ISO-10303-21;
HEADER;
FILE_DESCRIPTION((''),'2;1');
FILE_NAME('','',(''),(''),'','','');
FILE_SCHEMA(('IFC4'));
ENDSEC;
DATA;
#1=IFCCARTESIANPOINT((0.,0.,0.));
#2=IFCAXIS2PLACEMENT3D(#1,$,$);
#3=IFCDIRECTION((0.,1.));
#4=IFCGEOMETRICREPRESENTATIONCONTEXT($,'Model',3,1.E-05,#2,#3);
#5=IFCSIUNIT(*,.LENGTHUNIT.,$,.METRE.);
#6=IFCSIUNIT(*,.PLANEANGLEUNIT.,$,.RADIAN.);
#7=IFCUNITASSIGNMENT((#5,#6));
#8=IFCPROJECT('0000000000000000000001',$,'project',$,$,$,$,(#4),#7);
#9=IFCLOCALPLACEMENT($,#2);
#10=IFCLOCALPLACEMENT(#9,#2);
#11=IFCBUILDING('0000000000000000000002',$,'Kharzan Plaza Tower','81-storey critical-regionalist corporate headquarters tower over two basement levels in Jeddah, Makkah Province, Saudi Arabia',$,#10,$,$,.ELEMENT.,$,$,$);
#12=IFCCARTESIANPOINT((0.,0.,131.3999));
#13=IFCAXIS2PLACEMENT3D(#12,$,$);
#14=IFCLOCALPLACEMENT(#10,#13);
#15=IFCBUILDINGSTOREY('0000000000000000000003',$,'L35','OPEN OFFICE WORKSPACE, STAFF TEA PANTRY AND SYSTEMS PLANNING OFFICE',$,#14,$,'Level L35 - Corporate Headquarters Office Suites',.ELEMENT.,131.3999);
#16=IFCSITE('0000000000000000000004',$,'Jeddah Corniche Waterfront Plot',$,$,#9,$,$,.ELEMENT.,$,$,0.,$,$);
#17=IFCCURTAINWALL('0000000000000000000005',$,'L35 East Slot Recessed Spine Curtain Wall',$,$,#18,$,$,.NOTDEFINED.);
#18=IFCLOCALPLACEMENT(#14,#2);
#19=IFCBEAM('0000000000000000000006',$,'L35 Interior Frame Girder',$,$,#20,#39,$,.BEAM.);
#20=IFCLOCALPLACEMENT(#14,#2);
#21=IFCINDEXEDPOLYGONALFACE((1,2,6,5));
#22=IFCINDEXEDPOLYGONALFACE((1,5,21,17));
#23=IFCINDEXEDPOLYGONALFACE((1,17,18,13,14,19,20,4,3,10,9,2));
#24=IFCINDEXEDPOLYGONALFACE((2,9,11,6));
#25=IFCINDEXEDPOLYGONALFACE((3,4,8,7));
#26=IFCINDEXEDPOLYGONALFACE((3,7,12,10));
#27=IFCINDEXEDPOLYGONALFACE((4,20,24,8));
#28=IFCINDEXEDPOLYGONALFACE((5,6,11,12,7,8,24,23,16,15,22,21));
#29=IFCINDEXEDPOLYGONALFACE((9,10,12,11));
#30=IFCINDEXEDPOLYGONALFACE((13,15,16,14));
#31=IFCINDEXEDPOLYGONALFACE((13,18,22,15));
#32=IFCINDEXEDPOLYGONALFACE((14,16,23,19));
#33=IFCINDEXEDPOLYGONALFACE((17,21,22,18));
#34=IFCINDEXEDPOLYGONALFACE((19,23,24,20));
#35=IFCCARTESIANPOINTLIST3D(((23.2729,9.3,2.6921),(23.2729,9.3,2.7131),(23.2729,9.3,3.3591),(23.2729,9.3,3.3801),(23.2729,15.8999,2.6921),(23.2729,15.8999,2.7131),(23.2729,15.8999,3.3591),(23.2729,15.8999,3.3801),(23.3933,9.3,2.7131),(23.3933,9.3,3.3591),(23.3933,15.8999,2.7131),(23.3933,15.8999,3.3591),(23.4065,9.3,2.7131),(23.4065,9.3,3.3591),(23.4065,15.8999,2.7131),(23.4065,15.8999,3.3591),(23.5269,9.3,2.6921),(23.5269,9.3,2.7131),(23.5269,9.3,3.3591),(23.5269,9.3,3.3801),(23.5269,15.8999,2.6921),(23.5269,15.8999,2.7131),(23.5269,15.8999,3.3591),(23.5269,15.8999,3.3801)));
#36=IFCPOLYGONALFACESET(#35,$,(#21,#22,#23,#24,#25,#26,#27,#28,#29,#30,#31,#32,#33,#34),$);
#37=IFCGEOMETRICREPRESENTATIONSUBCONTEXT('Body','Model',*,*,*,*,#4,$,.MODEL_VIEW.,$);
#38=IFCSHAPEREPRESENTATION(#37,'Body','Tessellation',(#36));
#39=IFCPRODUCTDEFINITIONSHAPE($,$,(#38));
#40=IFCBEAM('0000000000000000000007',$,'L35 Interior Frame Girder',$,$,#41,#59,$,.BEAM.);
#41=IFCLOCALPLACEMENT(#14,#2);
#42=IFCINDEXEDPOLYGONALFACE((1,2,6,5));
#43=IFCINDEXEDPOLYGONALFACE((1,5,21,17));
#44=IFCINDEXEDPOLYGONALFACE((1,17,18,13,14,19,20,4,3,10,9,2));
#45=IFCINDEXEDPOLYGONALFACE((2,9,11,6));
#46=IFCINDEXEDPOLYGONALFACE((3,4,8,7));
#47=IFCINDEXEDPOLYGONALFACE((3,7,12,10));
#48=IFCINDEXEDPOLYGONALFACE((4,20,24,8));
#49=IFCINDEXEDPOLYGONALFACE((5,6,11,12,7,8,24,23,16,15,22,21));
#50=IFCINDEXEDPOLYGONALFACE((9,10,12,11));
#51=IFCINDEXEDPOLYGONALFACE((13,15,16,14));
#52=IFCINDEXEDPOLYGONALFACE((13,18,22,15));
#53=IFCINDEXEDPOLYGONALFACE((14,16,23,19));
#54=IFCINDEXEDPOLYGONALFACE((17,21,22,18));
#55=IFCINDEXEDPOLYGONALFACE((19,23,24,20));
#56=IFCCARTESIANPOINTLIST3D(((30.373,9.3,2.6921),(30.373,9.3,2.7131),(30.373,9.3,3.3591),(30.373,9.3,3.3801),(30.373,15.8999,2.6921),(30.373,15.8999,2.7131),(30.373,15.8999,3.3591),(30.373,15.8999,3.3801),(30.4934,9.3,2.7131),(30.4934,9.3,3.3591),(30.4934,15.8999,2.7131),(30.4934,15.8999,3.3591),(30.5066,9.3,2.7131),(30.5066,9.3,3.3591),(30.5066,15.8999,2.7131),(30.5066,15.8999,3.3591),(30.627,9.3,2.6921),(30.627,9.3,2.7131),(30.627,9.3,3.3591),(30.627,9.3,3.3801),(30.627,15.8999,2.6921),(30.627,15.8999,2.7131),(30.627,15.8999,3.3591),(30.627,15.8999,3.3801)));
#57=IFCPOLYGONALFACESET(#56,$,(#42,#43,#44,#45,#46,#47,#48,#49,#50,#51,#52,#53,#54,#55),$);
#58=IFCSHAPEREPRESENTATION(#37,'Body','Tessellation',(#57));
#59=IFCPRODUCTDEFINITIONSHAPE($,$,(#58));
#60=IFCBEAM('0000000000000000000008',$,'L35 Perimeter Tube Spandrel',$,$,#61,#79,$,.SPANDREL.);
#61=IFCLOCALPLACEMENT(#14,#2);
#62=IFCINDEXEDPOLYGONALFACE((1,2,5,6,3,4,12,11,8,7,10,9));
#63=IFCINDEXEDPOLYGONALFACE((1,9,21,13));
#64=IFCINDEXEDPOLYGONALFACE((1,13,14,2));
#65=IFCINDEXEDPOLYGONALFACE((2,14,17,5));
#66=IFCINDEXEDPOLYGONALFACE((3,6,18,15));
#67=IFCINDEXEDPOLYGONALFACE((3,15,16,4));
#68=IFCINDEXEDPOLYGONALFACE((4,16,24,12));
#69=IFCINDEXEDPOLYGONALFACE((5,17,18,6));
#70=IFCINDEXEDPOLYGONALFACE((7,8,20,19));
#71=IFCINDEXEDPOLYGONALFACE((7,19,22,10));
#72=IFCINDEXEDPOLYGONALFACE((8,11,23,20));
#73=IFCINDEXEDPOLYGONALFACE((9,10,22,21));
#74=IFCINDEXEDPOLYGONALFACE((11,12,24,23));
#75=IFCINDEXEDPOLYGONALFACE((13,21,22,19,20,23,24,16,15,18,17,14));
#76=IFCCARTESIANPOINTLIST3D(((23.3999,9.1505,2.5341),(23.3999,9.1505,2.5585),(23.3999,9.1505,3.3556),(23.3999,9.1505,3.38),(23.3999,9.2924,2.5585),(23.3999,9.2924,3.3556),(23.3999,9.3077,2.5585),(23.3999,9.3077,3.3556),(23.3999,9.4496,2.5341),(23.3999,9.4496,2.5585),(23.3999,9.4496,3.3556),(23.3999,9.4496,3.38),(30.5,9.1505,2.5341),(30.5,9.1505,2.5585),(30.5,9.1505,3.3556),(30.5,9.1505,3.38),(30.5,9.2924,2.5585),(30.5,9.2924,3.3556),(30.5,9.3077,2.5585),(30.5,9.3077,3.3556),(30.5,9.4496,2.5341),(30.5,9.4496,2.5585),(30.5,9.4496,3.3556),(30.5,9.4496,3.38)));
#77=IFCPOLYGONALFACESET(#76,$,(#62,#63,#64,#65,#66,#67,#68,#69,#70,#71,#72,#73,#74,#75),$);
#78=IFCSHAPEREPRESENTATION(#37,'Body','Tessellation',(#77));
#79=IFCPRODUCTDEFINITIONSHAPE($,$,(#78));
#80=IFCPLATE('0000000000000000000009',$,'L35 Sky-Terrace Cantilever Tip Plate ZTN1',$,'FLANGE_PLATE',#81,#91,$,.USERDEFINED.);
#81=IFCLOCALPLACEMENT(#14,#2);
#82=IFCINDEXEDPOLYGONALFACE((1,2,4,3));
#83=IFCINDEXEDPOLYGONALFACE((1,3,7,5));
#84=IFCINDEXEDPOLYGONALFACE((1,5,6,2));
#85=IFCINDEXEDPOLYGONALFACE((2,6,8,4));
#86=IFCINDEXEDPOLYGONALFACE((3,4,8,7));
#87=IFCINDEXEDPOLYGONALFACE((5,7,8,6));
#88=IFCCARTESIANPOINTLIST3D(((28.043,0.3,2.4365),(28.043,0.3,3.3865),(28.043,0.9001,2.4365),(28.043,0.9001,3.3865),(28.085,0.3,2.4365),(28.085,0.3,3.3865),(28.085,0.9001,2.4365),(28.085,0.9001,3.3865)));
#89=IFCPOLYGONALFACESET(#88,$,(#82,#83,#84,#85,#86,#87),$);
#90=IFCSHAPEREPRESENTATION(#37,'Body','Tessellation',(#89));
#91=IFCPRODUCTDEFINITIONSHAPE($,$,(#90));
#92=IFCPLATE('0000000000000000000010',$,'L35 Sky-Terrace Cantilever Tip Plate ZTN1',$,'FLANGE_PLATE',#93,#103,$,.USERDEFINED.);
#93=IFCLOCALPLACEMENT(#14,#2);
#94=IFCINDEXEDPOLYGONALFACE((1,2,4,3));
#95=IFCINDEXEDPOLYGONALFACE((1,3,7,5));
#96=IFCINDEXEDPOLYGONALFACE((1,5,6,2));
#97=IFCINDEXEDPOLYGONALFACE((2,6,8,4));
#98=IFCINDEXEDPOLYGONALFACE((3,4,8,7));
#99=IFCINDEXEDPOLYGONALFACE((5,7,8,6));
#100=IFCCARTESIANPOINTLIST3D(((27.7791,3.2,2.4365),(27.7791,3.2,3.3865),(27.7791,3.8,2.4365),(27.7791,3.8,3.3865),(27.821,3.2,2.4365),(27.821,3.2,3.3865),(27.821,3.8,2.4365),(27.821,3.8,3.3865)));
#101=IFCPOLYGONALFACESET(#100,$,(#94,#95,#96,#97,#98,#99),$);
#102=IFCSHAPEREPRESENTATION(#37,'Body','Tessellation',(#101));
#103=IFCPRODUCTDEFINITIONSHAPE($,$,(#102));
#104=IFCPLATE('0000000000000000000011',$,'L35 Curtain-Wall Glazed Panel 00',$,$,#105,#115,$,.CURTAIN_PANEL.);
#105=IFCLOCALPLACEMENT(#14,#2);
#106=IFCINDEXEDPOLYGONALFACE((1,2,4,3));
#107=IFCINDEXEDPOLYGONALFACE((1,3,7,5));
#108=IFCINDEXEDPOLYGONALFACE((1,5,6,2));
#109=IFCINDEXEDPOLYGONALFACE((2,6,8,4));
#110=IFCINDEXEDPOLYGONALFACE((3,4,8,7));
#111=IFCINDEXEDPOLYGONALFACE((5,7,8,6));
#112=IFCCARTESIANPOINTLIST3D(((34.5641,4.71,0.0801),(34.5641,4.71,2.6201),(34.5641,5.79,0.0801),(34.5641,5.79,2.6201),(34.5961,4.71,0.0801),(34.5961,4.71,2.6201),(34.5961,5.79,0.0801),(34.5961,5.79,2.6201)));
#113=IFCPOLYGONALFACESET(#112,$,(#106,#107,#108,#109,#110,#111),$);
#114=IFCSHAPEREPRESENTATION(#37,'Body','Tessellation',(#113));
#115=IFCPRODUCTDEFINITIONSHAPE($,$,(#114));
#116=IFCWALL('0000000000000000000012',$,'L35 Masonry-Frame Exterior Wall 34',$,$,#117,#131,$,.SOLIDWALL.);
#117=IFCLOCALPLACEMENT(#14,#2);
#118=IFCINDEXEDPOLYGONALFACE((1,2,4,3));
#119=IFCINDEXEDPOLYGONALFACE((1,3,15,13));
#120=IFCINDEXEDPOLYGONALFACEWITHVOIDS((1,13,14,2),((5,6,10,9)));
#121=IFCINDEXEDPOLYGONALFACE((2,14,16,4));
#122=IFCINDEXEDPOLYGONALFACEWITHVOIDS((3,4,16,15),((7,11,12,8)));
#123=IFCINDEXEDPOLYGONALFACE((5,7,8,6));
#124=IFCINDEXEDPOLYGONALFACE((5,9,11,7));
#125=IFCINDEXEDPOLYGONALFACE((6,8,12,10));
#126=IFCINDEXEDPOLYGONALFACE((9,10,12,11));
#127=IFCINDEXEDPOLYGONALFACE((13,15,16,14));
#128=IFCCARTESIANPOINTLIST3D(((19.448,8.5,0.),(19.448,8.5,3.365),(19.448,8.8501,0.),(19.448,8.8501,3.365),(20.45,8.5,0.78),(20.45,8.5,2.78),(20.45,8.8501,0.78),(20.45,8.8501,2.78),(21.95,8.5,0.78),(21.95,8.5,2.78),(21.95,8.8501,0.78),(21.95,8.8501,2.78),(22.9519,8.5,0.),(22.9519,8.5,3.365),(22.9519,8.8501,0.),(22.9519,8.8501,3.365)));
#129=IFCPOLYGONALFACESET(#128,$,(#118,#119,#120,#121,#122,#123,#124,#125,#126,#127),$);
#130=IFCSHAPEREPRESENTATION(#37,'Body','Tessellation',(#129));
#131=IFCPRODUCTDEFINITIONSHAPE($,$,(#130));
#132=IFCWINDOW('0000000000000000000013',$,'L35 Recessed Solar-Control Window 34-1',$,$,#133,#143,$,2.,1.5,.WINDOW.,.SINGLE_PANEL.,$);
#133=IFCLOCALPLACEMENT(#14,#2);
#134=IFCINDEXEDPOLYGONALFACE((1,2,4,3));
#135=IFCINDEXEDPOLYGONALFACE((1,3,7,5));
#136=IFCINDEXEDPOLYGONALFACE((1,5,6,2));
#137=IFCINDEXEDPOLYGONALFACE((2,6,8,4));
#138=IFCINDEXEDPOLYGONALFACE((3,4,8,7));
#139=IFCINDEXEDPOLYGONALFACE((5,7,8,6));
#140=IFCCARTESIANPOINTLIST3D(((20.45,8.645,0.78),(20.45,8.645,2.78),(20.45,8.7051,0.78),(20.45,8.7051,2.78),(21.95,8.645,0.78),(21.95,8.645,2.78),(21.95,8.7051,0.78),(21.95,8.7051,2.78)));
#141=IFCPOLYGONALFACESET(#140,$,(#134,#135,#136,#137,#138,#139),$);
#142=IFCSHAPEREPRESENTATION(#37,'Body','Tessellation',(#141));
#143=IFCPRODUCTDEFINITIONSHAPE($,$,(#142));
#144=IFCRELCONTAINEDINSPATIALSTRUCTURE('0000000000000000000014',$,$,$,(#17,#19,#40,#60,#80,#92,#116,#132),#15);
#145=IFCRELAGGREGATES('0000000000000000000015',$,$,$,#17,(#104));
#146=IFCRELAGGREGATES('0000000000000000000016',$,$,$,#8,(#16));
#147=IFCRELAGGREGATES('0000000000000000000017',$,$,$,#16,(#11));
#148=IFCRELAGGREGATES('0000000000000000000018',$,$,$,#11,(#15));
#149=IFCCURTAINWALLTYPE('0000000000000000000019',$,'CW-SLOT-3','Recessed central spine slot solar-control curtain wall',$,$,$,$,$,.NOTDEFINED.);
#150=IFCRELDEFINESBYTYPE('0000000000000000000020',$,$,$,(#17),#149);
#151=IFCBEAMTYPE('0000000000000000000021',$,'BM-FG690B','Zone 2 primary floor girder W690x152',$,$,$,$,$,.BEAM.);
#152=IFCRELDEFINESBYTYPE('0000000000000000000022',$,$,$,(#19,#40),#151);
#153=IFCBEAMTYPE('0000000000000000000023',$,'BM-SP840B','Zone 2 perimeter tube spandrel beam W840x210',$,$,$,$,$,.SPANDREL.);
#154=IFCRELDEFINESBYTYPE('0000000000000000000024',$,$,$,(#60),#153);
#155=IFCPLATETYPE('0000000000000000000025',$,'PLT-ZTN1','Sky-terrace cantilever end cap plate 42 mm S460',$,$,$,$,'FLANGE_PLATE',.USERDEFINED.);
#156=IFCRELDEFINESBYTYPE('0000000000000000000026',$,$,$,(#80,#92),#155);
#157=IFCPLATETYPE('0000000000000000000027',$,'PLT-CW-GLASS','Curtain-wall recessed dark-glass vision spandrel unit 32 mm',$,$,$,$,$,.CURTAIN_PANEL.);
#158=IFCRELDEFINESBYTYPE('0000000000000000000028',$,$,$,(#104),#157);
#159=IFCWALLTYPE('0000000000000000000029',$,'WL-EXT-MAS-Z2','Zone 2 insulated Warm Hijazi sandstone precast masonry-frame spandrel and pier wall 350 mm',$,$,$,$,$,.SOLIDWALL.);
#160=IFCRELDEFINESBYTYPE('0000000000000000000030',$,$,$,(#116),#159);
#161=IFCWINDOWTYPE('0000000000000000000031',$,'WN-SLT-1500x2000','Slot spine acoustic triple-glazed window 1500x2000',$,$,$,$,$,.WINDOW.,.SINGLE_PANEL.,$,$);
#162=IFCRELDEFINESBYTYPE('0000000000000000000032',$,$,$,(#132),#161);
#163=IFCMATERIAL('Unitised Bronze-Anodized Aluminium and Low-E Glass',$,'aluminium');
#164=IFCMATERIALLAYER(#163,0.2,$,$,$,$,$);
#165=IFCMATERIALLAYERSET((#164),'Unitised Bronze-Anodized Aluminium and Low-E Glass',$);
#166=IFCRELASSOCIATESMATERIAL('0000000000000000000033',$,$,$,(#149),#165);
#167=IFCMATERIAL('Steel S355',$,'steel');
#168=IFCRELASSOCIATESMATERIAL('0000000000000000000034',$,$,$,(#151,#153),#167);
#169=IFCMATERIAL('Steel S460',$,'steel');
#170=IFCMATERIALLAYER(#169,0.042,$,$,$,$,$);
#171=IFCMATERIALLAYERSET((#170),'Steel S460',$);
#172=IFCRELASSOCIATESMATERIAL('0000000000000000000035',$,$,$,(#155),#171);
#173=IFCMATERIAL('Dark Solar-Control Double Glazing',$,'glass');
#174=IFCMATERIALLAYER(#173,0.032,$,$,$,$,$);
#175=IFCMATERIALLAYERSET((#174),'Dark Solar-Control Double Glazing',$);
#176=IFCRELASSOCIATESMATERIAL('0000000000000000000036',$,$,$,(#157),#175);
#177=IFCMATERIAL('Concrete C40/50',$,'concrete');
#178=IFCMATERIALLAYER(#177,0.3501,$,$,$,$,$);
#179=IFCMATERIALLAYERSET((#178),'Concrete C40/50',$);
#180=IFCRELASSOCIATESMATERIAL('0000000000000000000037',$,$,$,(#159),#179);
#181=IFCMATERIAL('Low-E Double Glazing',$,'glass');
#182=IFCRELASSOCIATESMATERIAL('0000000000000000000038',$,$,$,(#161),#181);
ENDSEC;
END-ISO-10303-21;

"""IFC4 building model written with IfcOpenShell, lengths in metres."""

from ifc_helpers import new_model, si_unit, direction, frame, frame_2d, origin, origin_2d, place, context, subcontext, project, spatial, rectangle, i_section, extrude, source, transform, mapped, material, layer, layer_set, material_profile, profile_set, type_object, element, fill, aggregate, save


model = new_model("IFC4")

# Units and contexts
model_context = context("Model", 3, precision=1e-05, world=origin(), true_north=direction((0.0, 1.0)))
body_context = subcontext(model_context, "Body", "Model", "MODEL_VIEW")
ifc_project = project(units=[si_unit("LENGTHUNIT", "METRE"), si_unit("PLANEANGLEUNIT", "RADIAN")], contexts=[model_context])

# Site, building, storey
site_placement = place(None, origin())
site = spatial("IfcSite", under=ifc_project, at=site_placement, Name="Jeddah Corniche Waterfront Plot", CompositionType="ELEMENT", RefElevation=0.0)
building_placement = place(site_placement, origin())
building = spatial("IfcBuilding", under=site, at=building_placement, Name="Kharzan Plaza Tower", Description="81-storey critical-regionalist corporate headquarters tower over two basement levels in Jeddah, Makkah Province, Saudi Arabia", CompositionType="ELEMENT")
storey_placement = place(building_placement, frame((0.0, 0.0, 131.3999)))
storey = spatial("IfcBuildingStorey", under=building, at=storey_placement, Name="L35", Description="OPEN OFFICE WORKSPACE, STAFF TEA PANTRY AND SYSTEMS PLANNING OFFICE", LongName="Level L35 - Corporate Headquarters Office Suites", CompositionType="ELEMENT", Elevation=131.3999)

# Shared definitions
ifc_material_1 = material(Name="Steel S355", Category="steel")

# Curtain wall
ifc_material_2 = material(Name="Unitised Bronze-Anodized Aluminium and Low-E Glass", Category="aluminium")
ifc_layer_1 = layer(ifc_material_2, 0.2)
ifc_layer_set_1 = layer_set([ifc_layer_1], Name="Unitised Bronze-Anodized Aluminium and Low-E Glass")
curtain_wall_type = type_object("IfcCurtainWallType", Name="CW-SLOT-3", Description="Recessed central spine slot solar-control curtain wall", PredefinedType="NOTDEFINED", material=ifc_layer_set_1)
curtain_wall_placement = place(storey_placement, origin())
curtain_wall = element("IfcCurtainWall", 1, at=curtain_wall_placement, inside=storey, type_object=curtain_wall_type, Name="L35 East Slot Recessed Spine Curtain Wall", PredefinedType="NOTDEFINED")

# Beams
ifc_material_profile_1 = material_profile(ifc_material_1, i_section(OverallWidth=0.2539, OverallDepth=0.688, WebThickness=0.0132, FlangeThickness=0.021, at=origin_2d()), Name="W690x152")
ifc_profile_set_1 = profile_set([ifc_material_profile_1], Name="Steel S355")
beam_type_1 = type_object("IfcBeamType", Name="BM-FG690B", Description="Zone 2 primary floor girder W690x152", PredefinedType="BEAM", material=ifc_profile_set_1)
shared_shape_1 = source(origin(), body_context, "Body", "SweptSolid", [
    extrude(i_section(OverallWidth=0.2539, OverallDepth=0.688, WebThickness=0.0132, FlangeThickness=0.021, at=origin_2d()), origin(), (0.0, 0.0, 1.0), 6.5999),
])
for number, where, z_axis, x_axis, name in (
    (2, (23.3999, 9.3, 3.0361), (0.0, 1.0, 0.0), (-1.0, 0.0, 0.0), "L35 Interior Frame Girder"),
    (3, (30.5, 9.3, 3.0361), (0.0, 1.0, 0.0), (-1.0, 0.0, 0.0), "L35 Interior Frame Girder"),
):
    element("IfcBeam", number, at=place(storey_placement, frame(where, z_axis=z_axis, x_axis=x_axis)), inside=storey, type_object=beam_type_1, Name=name, PredefinedType="BEAM", context=body_context, shape_type="MappedRepresentation", body=[
        mapped(shared_shape_1, transform((0.0, 0.0, 0.0), x_axis=(1.0, 0.0, 0.0), y_axis=(0.0, 1.0, 0.0), z_axis=(0.0, 0.0, 1.0))),
    ])
ifc_material_profile_2 = material_profile(ifc_material_1, i_section(OverallWidth=0.2991, OverallDepth=0.8459, WebThickness=0.0154, FlangeThickness=0.0244, at=origin_2d()), Name="W840x210")
ifc_profile_set_2 = profile_set([ifc_material_profile_2], Name="Steel S355")
beam_type_2 = type_object("IfcBeamType", Name="BM-SP840B", Description="Zone 2 perimeter tube spandrel beam W840x210", PredefinedType="SPANDREL", material=ifc_profile_set_2)
shared_shape_2 = source(origin(), body_context, "Body", "SweptSolid", [
    extrude(i_section(OverallWidth=0.2991, OverallDepth=0.8459, WebThickness=0.0154, FlangeThickness=0.0244, at=origin_2d()), origin(), (0.0, 0.0, 1.0), 7.1001),
])
beam_1_placement = place(storey_placement, frame((23.3999, 9.3, 2.957), z_axis=(1.0, 0.0, 0.0), x_axis=(0.0, 1.0, 0.0)))
element("IfcBeam", 4, at=beam_1_placement, inside=storey, type_object=beam_type_2, Name="L35 Perimeter Tube Spandrel", PredefinedType="SPANDREL", context=body_context, shape_type="MappedRepresentation", body=[
    mapped(shared_shape_2, transform((0.0, 0.0, 0.0), x_axis=(1.0, 0.0, 0.0), y_axis=(0.0, 1.0, 0.0), z_axis=(0.0, 0.0, 1.0))),
])

# Plates
ifc_material_3 = material(Name="Steel S460", Category="steel")
ifc_layer_2 = layer(ifc_material_3, 0.042)
ifc_layer_set_2 = layer_set([ifc_layer_2], Name="Steel S460")
plate_type_1 = type_object("IfcPlateType", Name="PLT-ZTN1", Description="Sky-terrace cantilever end cap plate 42 mm S460", ElementType="FLANGE_PLATE", PredefinedType="USERDEFINED", material=ifc_layer_set_2)
shared_shape_3 = source(origin(), body_context, "Body", "SweptSolid", [
    extrude(rectangle(XDim=0.6001, YDim=0.042, at=origin_2d()), origin(), (0.0, 0.0, 1.0), 0.95),
])
for number, where, z_axis, x_axis, name in (
    (5, (28.064, 0.6001, 2.4365), (0.0, 0.0, 1.0), (0.0, 1.0, 0.0), "L35 Sky-Terrace Cantilever Tip Plate ZTN1"),
    (6, (27.8, 3.5, 2.4365), (0.0, 0.0, 1.0), (0.0, 1.0, 0.0), "L35 Sky-Terrace Cantilever Tip Plate ZTN1"),
):
    element("IfcPlate", number, at=place(storey_placement, frame(where, z_axis=z_axis, x_axis=x_axis)), inside=storey, type_object=plate_type_1, Name=name, ObjectType="FLANGE_PLATE", PredefinedType="USERDEFINED", context=body_context, shape_type="MappedRepresentation", body=[
        mapped(shared_shape_3, transform((0.0, 0.0, 0.0), x_axis=(1.0, 0.0, 0.0), y_axis=(0.0, 1.0, 0.0), z_axis=(0.0, 0.0, 1.0))),
    ])

# Plate
ifc_material_4 = material(Name="Dark Solar-Control Double Glazing", Category="glass")
ifc_layer_3 = layer(ifc_material_4, 0.032)
ifc_layer_set_3 = layer_set([ifc_layer_3], Name="Dark Solar-Control Double Glazing")
plate_type_2 = type_object("IfcPlateType", Name="PLT-CW-GLASS", Description="Curtain-wall recessed dark-glass vision spandrel unit 32 mm", PredefinedType="CURTAIN_PANEL", material=ifc_layer_set_3)
shared_shape_4 = source(origin(), body_context, "Body", "SweptSolid", [
    extrude(rectangle(XDim=1.0801, YDim=0.032, at=origin_2d()), origin(), (0.0, 0.0, 1.0), 2.54),
])
plate_placement = place(storey_placement, frame((34.5801, 5.25, 0.0801), z_axis=(0.0, 0.0, 1.0), x_axis=(0.0, 1.0, 0.0)))
plate = element("IfcPlate", 7, at=plate_placement, type_object=plate_type_2, Name="L35 Curtain-Wall Glazed Panel 00", PredefinedType="CURTAIN_PANEL", context=body_context, shape_type="MappedRepresentation", body=[
    mapped(shared_shape_4, transform((0.0, 0.0, 0.0), x_axis=(1.0, 0.0, 0.0), y_axis=(0.0, 1.0, 0.0), z_axis=(0.0, 0.0, 1.0))),
])
aggregate(curtain_wall, [plate])

# Wall, opening, window
ifc_material_5 = material(Name="Concrete C40/50", Category="concrete")
ifc_layer_4 = layer(ifc_material_5, 0.3501)
ifc_layer_set_4 = layer_set([ifc_layer_4], Name="Concrete C40/50")
wall_type = type_object("IfcWallType", Name="WL-EXT-MAS-Z2", Description="Zone 2 insulated Warm Hijazi sandstone precast masonry-frame spandrel and pier wall 350 mm", PredefinedType="SOLIDWALL", material=ifc_layer_set_4)
wall_1_placement = place(storey_placement, frame((19.448, 8.675, 0.0), z_axis=(0.0, 0.0, 1.0), x_axis=(1.0, 0.0, 0.0)))
wall_1 = element("IfcWall", 8, at=wall_1_placement, inside=storey, type_object=wall_type, Name="L35 Masonry-Frame Exterior Wall 34", PredefinedType="SOLIDWALL", context=body_context, shape_type="SweptSolid", body=[
    extrude(rectangle(XDim=3.5039, YDim=0.3501, at=frame_2d((1.752, 0.0))), origin(), (0.0, 0.0, 1.0), 3.365),
])
opening_1_placement = place(wall_1_placement, frame((1.002, 0.0, 0.78)))
opening_1 = element("IfcOpeningElement", 9, at=opening_1_placement, cuts=wall_1, PredefinedType="OPENING", context=body_context, shape_type="SweptSolid", body=[
    extrude(rectangle(XDim=1.5, YDim=2.0, at=frame_2d((0.75, 1.0))), frame((0.0, 0.1851, 0.0), z_axis=(0.0, -1.0, 0.0), x_axis=(1.0, 0.0, 0.0)), (0.0, 0.0, 1.0), 0.3701),
])
ifc_material_6 = material(Name="Low-E Double Glazing", Category="glass")
window_type = type_object("IfcWindowType", Name="WN-SLT-1500x2000", Description="Slot spine acoustic triple-glazed window 1500x2000", PartitioningType="SINGLE_PANEL", PredefinedType="WINDOW", material=ifc_material_6)
shared_shape_5 = source(origin(), body_context, "Body", "SweptSolid", [
    extrude(rectangle(XDim=1.5, YDim=2.0, at=frame_2d((0.75, 1.0))), frame((0.0, 0.03, 0.0), z_axis=(0.0, -1.0, 0.0), x_axis=(1.0, 0.0, 0.0)), (0.0, 0.0, 1.0), 0.0601),
])
window_1_placement = place(opening_1_placement, origin())
window_1 = element("IfcWindow", 10, at=window_1_placement, inside=storey, type_object=window_type, Name="L35 Recessed Solar-Control Window 34-1", OverallHeight=2.0, OverallWidth=1.5, PartitioningType="SINGLE_PANEL", PredefinedType="WINDOW", context=body_context, shape_type="MappedRepresentation", body=[
    mapped(shared_shape_5, transform((0.0, 0.0, 0.0), x_axis=(1.0, 0.0, 0.0), y_axis=(0.0, 1.0, 0.0), z_axis=(0.0, 0.0, 1.0))),
])
fill(opening_1, window_1)

save(model, "model.ifc")
